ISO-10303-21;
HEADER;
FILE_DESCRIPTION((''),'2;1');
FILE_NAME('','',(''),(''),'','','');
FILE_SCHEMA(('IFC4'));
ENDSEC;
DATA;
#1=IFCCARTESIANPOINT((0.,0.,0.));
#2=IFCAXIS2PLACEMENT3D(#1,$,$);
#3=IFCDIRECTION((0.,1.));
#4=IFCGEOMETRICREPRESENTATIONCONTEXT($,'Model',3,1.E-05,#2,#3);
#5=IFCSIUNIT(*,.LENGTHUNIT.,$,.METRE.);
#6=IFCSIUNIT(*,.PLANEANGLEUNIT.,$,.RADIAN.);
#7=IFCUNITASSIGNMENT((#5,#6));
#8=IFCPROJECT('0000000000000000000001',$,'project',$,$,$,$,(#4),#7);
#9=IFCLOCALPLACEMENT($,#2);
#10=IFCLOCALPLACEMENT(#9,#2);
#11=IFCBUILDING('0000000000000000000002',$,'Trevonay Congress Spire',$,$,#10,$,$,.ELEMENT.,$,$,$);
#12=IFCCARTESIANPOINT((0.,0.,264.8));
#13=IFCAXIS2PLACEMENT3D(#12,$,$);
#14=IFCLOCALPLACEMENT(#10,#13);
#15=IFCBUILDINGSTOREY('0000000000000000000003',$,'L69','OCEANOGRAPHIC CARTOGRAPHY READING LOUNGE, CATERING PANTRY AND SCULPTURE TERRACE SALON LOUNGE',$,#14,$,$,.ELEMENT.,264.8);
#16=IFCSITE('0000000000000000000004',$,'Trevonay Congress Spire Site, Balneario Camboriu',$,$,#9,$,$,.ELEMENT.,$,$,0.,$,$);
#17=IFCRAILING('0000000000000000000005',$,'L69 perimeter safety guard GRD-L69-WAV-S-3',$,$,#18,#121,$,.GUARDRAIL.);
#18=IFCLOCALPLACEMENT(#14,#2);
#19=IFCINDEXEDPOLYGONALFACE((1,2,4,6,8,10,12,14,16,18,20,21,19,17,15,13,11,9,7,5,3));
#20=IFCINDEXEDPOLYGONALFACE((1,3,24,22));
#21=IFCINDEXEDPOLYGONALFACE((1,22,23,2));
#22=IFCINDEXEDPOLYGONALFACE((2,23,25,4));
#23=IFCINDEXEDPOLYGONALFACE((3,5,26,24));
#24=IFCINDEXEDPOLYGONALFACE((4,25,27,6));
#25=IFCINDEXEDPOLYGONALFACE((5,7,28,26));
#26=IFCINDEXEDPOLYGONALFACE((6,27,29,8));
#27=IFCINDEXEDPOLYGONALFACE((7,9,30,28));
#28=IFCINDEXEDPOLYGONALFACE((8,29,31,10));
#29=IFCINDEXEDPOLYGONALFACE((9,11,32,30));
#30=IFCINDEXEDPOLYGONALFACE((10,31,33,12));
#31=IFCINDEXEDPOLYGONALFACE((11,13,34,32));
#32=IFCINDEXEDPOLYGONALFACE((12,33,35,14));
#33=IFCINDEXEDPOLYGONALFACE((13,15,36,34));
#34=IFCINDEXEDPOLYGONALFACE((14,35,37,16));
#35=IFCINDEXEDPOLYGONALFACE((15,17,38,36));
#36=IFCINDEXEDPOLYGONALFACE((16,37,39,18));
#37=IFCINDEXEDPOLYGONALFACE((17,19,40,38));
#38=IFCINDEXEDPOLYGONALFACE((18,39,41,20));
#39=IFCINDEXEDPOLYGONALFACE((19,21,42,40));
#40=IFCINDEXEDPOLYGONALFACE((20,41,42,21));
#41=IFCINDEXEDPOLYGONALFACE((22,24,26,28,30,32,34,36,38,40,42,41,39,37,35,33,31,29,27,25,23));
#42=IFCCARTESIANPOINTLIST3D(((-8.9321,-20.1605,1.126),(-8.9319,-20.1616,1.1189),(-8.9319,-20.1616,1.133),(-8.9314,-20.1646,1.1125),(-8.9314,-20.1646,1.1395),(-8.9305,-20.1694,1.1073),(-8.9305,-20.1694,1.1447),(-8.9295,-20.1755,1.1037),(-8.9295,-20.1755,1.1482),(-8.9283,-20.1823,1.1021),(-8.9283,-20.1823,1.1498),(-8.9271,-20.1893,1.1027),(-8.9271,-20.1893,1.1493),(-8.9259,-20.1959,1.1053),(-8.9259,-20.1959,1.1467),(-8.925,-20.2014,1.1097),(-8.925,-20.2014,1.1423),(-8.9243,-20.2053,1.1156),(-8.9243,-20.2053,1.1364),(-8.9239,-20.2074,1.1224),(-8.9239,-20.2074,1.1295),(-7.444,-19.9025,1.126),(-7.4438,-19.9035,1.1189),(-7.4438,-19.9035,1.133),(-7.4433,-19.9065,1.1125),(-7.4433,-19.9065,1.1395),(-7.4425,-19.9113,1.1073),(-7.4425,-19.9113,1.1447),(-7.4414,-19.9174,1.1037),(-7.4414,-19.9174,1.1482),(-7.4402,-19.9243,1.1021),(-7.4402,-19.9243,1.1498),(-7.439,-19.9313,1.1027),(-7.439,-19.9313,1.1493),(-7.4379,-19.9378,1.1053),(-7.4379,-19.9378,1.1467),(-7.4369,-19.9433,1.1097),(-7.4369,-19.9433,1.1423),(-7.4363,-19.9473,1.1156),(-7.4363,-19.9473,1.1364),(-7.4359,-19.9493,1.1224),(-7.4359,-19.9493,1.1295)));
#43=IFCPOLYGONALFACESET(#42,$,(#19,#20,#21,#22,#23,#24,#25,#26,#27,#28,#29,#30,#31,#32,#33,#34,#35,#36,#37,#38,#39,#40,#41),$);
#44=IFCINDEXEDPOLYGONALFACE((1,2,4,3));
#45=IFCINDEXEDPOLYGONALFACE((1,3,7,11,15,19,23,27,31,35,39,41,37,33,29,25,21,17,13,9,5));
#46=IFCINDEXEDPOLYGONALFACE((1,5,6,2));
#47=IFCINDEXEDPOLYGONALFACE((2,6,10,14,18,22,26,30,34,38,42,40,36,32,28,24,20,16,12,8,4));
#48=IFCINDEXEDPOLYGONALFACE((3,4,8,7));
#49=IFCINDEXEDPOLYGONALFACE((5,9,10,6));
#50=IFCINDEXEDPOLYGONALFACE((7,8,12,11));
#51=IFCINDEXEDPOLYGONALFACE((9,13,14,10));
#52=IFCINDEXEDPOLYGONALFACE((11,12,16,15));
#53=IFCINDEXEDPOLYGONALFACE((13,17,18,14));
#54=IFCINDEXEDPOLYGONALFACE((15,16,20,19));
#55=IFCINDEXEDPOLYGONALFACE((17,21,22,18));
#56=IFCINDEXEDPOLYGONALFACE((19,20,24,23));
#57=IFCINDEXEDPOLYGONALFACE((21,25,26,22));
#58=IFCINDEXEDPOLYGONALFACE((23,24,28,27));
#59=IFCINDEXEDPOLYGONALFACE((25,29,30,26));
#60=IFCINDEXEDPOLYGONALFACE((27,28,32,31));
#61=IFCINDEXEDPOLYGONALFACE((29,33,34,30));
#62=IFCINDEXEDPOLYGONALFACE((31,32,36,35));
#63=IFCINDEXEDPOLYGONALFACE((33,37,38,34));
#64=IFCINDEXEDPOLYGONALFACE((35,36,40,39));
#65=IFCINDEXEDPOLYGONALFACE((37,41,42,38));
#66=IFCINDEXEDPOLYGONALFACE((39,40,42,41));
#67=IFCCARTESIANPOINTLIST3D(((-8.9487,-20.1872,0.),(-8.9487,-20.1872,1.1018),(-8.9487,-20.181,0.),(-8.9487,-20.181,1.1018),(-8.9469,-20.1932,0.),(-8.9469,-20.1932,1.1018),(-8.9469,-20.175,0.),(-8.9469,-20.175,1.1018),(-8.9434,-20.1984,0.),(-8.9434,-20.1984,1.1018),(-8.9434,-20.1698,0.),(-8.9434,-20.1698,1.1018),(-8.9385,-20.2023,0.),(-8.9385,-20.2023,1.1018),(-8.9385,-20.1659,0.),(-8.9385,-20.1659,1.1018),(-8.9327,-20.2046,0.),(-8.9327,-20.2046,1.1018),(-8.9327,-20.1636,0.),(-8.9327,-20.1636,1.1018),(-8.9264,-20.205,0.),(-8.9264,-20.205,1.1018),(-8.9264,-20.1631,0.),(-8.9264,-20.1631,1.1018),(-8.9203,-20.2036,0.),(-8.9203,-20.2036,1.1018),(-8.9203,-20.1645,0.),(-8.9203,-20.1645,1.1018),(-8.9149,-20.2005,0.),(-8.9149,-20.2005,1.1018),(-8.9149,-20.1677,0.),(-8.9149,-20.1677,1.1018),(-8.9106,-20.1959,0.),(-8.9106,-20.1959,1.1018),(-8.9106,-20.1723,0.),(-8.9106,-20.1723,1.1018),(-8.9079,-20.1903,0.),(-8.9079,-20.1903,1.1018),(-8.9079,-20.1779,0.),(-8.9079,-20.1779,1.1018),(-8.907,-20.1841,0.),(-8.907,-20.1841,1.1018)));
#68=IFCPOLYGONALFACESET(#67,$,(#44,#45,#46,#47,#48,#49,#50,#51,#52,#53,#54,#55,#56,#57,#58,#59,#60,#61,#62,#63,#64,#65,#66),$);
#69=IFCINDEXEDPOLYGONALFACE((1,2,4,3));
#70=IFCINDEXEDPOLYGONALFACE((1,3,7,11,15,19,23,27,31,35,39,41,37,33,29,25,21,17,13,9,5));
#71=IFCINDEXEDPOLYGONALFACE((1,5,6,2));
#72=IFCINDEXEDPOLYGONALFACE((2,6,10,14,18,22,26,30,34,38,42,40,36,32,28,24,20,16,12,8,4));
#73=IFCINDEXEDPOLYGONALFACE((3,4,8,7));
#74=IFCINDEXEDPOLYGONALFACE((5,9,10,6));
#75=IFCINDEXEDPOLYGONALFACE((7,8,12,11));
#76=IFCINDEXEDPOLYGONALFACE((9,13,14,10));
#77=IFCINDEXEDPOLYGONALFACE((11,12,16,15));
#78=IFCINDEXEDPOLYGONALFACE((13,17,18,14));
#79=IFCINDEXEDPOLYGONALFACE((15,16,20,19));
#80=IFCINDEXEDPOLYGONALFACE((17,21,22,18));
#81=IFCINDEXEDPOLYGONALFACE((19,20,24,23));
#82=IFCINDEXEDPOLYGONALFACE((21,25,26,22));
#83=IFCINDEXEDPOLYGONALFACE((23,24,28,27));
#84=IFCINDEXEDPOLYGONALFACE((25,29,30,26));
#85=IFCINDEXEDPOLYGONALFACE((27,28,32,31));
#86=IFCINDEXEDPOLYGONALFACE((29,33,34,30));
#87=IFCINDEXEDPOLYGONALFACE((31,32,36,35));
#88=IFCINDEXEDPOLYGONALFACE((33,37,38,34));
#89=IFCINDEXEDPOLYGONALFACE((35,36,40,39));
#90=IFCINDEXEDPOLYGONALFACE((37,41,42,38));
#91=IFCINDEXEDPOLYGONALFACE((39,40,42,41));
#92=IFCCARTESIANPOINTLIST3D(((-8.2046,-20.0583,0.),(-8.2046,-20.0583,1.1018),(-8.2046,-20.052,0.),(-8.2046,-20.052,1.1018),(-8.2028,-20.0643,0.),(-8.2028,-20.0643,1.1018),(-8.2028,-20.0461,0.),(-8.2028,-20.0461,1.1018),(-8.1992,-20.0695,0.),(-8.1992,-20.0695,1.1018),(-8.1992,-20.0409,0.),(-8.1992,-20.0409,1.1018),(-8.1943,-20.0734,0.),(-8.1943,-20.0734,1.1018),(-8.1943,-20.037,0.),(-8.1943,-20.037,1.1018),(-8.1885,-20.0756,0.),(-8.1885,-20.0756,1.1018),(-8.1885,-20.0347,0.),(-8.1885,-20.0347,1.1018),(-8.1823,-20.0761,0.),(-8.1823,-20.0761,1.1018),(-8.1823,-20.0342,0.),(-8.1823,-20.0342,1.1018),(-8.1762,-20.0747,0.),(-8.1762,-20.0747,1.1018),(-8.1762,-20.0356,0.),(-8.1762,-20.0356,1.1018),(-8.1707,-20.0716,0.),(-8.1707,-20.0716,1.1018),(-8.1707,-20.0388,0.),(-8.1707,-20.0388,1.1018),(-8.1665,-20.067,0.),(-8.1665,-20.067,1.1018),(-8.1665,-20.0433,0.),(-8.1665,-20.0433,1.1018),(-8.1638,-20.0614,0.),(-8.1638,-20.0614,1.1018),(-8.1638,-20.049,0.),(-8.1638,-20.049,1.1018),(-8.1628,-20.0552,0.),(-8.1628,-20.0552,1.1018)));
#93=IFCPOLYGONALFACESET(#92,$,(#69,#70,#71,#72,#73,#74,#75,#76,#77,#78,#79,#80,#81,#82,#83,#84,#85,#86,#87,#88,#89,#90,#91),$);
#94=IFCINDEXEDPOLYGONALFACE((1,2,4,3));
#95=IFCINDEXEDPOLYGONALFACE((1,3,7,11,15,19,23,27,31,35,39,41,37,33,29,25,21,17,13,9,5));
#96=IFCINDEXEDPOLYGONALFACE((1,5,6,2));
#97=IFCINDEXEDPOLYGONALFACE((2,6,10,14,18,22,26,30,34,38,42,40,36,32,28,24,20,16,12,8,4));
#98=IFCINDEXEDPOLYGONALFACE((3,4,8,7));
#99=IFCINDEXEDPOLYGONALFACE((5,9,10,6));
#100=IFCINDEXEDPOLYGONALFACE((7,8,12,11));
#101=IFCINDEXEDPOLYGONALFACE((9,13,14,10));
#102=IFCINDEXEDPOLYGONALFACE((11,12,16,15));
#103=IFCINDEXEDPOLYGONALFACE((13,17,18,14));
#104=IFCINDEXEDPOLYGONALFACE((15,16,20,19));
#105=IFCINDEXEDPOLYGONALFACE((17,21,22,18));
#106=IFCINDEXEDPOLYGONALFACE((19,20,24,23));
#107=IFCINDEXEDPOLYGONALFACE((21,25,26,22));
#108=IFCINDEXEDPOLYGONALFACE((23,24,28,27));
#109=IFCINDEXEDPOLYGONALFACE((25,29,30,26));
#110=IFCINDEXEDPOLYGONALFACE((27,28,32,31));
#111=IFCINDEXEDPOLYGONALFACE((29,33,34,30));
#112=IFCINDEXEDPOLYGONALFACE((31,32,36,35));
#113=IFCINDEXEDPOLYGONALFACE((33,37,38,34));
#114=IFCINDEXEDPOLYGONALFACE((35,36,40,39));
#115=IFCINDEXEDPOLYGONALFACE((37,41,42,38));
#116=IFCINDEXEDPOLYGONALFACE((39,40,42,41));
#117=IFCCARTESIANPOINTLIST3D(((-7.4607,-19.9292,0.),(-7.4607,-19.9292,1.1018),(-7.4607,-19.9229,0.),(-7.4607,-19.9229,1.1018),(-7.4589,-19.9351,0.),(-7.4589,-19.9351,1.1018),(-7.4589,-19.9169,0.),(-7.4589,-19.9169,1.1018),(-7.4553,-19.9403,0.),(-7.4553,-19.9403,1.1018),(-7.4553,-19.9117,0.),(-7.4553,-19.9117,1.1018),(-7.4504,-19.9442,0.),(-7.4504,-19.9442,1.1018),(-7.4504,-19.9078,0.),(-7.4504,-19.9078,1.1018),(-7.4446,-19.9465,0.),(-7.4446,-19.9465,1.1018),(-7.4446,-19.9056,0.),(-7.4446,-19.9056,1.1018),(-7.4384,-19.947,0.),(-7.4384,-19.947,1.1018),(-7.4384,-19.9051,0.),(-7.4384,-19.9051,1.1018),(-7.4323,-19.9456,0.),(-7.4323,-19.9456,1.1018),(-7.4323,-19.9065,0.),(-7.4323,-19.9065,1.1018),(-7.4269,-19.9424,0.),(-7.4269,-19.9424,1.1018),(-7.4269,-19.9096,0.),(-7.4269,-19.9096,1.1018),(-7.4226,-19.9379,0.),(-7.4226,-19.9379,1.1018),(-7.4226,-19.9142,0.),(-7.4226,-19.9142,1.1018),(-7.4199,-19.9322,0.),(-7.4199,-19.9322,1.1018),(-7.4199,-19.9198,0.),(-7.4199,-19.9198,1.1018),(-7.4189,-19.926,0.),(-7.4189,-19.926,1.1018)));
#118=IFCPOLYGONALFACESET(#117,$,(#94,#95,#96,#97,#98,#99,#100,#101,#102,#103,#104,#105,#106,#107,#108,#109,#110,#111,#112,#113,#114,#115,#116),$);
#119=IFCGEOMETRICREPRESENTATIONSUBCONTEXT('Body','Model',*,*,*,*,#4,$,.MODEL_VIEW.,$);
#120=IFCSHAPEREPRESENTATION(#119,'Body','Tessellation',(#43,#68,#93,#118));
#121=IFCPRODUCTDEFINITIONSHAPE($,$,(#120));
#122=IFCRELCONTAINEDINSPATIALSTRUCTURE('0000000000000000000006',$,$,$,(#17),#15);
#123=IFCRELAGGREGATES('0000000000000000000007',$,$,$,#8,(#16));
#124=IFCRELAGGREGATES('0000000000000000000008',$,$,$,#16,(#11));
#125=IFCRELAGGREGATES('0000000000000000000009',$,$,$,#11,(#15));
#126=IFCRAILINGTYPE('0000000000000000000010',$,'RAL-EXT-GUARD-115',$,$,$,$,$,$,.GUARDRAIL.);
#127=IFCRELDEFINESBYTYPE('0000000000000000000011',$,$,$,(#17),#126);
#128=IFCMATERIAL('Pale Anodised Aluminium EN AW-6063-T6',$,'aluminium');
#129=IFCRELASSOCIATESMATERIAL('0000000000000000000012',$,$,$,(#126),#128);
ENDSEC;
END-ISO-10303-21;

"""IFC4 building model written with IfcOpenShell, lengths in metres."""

from ifc_helpers import new_model, si_unit, direction, frame, origin, origin_2d, place, context, subcontext, project, spatial, circle, extrude, material, type_object, element, save


model = new_model("IFC4")

# Units and contexts
model_context = context("Model", 3, precision=1e-05, world=origin(), true_north=direction((0.0, 1.0)))
body_context = subcontext(model_context, "Body", "Model", "MODEL_VIEW")
ifc_project = project(units=[si_unit("LENGTHUNIT", "METRE"), si_unit("PLANEANGLEUNIT", "RADIAN")], contexts=[model_context])

# Site, building, storey
site_placement = place(None, origin())
site = spatial("IfcSite", under=ifc_project, at=site_placement, Name="Trevonay Congress Spire Site, Balneario Camboriu", CompositionType="ELEMENT", RefElevation=0.0)
building_placement = place(site_placement, origin())
building = spatial("IfcBuilding", under=site, at=building_placement, Name="Trevonay Congress Spire", CompositionType="ELEMENT")
storey_placement = place(building_placement, frame((0.0, 0.0, 264.8)))
storey = spatial("IfcBuildingStorey", under=building, at=storey_placement, Name="L69", Description="OCEANOGRAPHIC CARTOGRAPHY READING LOUNGE, CATERING PANTRY AND SCULPTURE TERRACE SALON LOUNGE", CompositionType="ELEMENT", Elevation=264.8)

# Shared definitions
ifc_material_1 = material(Name="Pale Anodised Aluminium EN AW-6063-T6", Category="aluminium")

# Railing
railing_type = type_object("IfcRailingType", Name="RAL-EXT-GUARD-115", PredefinedType="GUARDRAIL", material=ifc_material_1)
railing_1_placement = place(storey_placement, frame((-8.928, -20.1841, 0.0)))
element("IfcRailing", 1, at=railing_1_placement, inside=storey, type_object=railing_type, Name="L69 perimeter safety guard GRD-L69-WAV-S-3", PredefinedType="GUARDRAIL", context=body_context, shape_type="SweptSolid", body=[
    extrude(circle(Radius=0.0239, at=origin_2d()), frame((0.0, 0.0, 1.126), z_axis=(0.985294, 0.17087, 0.0), x_axis=(-0.17087, 0.985294, 0.0)), (0.0, 0.0, 1.0), 1.5103),
    extrude(circle(Radius=0.021, at=origin_2d()), origin(), (0.0, 0.0, 1.0), 1.1018),
    extrude(circle(Radius=0.021, at=origin_2d()), frame((0.7441, 0.1289, 0.0)), (0.0, 0.0, 1.0), 1.1018),
    extrude(circle(Radius=0.021, at=origin_2d()), frame((1.488, 0.2581, 0.0)), (0.0, 0.0, 1.0), 1.1018),
])

save(model, "model.ifc")
